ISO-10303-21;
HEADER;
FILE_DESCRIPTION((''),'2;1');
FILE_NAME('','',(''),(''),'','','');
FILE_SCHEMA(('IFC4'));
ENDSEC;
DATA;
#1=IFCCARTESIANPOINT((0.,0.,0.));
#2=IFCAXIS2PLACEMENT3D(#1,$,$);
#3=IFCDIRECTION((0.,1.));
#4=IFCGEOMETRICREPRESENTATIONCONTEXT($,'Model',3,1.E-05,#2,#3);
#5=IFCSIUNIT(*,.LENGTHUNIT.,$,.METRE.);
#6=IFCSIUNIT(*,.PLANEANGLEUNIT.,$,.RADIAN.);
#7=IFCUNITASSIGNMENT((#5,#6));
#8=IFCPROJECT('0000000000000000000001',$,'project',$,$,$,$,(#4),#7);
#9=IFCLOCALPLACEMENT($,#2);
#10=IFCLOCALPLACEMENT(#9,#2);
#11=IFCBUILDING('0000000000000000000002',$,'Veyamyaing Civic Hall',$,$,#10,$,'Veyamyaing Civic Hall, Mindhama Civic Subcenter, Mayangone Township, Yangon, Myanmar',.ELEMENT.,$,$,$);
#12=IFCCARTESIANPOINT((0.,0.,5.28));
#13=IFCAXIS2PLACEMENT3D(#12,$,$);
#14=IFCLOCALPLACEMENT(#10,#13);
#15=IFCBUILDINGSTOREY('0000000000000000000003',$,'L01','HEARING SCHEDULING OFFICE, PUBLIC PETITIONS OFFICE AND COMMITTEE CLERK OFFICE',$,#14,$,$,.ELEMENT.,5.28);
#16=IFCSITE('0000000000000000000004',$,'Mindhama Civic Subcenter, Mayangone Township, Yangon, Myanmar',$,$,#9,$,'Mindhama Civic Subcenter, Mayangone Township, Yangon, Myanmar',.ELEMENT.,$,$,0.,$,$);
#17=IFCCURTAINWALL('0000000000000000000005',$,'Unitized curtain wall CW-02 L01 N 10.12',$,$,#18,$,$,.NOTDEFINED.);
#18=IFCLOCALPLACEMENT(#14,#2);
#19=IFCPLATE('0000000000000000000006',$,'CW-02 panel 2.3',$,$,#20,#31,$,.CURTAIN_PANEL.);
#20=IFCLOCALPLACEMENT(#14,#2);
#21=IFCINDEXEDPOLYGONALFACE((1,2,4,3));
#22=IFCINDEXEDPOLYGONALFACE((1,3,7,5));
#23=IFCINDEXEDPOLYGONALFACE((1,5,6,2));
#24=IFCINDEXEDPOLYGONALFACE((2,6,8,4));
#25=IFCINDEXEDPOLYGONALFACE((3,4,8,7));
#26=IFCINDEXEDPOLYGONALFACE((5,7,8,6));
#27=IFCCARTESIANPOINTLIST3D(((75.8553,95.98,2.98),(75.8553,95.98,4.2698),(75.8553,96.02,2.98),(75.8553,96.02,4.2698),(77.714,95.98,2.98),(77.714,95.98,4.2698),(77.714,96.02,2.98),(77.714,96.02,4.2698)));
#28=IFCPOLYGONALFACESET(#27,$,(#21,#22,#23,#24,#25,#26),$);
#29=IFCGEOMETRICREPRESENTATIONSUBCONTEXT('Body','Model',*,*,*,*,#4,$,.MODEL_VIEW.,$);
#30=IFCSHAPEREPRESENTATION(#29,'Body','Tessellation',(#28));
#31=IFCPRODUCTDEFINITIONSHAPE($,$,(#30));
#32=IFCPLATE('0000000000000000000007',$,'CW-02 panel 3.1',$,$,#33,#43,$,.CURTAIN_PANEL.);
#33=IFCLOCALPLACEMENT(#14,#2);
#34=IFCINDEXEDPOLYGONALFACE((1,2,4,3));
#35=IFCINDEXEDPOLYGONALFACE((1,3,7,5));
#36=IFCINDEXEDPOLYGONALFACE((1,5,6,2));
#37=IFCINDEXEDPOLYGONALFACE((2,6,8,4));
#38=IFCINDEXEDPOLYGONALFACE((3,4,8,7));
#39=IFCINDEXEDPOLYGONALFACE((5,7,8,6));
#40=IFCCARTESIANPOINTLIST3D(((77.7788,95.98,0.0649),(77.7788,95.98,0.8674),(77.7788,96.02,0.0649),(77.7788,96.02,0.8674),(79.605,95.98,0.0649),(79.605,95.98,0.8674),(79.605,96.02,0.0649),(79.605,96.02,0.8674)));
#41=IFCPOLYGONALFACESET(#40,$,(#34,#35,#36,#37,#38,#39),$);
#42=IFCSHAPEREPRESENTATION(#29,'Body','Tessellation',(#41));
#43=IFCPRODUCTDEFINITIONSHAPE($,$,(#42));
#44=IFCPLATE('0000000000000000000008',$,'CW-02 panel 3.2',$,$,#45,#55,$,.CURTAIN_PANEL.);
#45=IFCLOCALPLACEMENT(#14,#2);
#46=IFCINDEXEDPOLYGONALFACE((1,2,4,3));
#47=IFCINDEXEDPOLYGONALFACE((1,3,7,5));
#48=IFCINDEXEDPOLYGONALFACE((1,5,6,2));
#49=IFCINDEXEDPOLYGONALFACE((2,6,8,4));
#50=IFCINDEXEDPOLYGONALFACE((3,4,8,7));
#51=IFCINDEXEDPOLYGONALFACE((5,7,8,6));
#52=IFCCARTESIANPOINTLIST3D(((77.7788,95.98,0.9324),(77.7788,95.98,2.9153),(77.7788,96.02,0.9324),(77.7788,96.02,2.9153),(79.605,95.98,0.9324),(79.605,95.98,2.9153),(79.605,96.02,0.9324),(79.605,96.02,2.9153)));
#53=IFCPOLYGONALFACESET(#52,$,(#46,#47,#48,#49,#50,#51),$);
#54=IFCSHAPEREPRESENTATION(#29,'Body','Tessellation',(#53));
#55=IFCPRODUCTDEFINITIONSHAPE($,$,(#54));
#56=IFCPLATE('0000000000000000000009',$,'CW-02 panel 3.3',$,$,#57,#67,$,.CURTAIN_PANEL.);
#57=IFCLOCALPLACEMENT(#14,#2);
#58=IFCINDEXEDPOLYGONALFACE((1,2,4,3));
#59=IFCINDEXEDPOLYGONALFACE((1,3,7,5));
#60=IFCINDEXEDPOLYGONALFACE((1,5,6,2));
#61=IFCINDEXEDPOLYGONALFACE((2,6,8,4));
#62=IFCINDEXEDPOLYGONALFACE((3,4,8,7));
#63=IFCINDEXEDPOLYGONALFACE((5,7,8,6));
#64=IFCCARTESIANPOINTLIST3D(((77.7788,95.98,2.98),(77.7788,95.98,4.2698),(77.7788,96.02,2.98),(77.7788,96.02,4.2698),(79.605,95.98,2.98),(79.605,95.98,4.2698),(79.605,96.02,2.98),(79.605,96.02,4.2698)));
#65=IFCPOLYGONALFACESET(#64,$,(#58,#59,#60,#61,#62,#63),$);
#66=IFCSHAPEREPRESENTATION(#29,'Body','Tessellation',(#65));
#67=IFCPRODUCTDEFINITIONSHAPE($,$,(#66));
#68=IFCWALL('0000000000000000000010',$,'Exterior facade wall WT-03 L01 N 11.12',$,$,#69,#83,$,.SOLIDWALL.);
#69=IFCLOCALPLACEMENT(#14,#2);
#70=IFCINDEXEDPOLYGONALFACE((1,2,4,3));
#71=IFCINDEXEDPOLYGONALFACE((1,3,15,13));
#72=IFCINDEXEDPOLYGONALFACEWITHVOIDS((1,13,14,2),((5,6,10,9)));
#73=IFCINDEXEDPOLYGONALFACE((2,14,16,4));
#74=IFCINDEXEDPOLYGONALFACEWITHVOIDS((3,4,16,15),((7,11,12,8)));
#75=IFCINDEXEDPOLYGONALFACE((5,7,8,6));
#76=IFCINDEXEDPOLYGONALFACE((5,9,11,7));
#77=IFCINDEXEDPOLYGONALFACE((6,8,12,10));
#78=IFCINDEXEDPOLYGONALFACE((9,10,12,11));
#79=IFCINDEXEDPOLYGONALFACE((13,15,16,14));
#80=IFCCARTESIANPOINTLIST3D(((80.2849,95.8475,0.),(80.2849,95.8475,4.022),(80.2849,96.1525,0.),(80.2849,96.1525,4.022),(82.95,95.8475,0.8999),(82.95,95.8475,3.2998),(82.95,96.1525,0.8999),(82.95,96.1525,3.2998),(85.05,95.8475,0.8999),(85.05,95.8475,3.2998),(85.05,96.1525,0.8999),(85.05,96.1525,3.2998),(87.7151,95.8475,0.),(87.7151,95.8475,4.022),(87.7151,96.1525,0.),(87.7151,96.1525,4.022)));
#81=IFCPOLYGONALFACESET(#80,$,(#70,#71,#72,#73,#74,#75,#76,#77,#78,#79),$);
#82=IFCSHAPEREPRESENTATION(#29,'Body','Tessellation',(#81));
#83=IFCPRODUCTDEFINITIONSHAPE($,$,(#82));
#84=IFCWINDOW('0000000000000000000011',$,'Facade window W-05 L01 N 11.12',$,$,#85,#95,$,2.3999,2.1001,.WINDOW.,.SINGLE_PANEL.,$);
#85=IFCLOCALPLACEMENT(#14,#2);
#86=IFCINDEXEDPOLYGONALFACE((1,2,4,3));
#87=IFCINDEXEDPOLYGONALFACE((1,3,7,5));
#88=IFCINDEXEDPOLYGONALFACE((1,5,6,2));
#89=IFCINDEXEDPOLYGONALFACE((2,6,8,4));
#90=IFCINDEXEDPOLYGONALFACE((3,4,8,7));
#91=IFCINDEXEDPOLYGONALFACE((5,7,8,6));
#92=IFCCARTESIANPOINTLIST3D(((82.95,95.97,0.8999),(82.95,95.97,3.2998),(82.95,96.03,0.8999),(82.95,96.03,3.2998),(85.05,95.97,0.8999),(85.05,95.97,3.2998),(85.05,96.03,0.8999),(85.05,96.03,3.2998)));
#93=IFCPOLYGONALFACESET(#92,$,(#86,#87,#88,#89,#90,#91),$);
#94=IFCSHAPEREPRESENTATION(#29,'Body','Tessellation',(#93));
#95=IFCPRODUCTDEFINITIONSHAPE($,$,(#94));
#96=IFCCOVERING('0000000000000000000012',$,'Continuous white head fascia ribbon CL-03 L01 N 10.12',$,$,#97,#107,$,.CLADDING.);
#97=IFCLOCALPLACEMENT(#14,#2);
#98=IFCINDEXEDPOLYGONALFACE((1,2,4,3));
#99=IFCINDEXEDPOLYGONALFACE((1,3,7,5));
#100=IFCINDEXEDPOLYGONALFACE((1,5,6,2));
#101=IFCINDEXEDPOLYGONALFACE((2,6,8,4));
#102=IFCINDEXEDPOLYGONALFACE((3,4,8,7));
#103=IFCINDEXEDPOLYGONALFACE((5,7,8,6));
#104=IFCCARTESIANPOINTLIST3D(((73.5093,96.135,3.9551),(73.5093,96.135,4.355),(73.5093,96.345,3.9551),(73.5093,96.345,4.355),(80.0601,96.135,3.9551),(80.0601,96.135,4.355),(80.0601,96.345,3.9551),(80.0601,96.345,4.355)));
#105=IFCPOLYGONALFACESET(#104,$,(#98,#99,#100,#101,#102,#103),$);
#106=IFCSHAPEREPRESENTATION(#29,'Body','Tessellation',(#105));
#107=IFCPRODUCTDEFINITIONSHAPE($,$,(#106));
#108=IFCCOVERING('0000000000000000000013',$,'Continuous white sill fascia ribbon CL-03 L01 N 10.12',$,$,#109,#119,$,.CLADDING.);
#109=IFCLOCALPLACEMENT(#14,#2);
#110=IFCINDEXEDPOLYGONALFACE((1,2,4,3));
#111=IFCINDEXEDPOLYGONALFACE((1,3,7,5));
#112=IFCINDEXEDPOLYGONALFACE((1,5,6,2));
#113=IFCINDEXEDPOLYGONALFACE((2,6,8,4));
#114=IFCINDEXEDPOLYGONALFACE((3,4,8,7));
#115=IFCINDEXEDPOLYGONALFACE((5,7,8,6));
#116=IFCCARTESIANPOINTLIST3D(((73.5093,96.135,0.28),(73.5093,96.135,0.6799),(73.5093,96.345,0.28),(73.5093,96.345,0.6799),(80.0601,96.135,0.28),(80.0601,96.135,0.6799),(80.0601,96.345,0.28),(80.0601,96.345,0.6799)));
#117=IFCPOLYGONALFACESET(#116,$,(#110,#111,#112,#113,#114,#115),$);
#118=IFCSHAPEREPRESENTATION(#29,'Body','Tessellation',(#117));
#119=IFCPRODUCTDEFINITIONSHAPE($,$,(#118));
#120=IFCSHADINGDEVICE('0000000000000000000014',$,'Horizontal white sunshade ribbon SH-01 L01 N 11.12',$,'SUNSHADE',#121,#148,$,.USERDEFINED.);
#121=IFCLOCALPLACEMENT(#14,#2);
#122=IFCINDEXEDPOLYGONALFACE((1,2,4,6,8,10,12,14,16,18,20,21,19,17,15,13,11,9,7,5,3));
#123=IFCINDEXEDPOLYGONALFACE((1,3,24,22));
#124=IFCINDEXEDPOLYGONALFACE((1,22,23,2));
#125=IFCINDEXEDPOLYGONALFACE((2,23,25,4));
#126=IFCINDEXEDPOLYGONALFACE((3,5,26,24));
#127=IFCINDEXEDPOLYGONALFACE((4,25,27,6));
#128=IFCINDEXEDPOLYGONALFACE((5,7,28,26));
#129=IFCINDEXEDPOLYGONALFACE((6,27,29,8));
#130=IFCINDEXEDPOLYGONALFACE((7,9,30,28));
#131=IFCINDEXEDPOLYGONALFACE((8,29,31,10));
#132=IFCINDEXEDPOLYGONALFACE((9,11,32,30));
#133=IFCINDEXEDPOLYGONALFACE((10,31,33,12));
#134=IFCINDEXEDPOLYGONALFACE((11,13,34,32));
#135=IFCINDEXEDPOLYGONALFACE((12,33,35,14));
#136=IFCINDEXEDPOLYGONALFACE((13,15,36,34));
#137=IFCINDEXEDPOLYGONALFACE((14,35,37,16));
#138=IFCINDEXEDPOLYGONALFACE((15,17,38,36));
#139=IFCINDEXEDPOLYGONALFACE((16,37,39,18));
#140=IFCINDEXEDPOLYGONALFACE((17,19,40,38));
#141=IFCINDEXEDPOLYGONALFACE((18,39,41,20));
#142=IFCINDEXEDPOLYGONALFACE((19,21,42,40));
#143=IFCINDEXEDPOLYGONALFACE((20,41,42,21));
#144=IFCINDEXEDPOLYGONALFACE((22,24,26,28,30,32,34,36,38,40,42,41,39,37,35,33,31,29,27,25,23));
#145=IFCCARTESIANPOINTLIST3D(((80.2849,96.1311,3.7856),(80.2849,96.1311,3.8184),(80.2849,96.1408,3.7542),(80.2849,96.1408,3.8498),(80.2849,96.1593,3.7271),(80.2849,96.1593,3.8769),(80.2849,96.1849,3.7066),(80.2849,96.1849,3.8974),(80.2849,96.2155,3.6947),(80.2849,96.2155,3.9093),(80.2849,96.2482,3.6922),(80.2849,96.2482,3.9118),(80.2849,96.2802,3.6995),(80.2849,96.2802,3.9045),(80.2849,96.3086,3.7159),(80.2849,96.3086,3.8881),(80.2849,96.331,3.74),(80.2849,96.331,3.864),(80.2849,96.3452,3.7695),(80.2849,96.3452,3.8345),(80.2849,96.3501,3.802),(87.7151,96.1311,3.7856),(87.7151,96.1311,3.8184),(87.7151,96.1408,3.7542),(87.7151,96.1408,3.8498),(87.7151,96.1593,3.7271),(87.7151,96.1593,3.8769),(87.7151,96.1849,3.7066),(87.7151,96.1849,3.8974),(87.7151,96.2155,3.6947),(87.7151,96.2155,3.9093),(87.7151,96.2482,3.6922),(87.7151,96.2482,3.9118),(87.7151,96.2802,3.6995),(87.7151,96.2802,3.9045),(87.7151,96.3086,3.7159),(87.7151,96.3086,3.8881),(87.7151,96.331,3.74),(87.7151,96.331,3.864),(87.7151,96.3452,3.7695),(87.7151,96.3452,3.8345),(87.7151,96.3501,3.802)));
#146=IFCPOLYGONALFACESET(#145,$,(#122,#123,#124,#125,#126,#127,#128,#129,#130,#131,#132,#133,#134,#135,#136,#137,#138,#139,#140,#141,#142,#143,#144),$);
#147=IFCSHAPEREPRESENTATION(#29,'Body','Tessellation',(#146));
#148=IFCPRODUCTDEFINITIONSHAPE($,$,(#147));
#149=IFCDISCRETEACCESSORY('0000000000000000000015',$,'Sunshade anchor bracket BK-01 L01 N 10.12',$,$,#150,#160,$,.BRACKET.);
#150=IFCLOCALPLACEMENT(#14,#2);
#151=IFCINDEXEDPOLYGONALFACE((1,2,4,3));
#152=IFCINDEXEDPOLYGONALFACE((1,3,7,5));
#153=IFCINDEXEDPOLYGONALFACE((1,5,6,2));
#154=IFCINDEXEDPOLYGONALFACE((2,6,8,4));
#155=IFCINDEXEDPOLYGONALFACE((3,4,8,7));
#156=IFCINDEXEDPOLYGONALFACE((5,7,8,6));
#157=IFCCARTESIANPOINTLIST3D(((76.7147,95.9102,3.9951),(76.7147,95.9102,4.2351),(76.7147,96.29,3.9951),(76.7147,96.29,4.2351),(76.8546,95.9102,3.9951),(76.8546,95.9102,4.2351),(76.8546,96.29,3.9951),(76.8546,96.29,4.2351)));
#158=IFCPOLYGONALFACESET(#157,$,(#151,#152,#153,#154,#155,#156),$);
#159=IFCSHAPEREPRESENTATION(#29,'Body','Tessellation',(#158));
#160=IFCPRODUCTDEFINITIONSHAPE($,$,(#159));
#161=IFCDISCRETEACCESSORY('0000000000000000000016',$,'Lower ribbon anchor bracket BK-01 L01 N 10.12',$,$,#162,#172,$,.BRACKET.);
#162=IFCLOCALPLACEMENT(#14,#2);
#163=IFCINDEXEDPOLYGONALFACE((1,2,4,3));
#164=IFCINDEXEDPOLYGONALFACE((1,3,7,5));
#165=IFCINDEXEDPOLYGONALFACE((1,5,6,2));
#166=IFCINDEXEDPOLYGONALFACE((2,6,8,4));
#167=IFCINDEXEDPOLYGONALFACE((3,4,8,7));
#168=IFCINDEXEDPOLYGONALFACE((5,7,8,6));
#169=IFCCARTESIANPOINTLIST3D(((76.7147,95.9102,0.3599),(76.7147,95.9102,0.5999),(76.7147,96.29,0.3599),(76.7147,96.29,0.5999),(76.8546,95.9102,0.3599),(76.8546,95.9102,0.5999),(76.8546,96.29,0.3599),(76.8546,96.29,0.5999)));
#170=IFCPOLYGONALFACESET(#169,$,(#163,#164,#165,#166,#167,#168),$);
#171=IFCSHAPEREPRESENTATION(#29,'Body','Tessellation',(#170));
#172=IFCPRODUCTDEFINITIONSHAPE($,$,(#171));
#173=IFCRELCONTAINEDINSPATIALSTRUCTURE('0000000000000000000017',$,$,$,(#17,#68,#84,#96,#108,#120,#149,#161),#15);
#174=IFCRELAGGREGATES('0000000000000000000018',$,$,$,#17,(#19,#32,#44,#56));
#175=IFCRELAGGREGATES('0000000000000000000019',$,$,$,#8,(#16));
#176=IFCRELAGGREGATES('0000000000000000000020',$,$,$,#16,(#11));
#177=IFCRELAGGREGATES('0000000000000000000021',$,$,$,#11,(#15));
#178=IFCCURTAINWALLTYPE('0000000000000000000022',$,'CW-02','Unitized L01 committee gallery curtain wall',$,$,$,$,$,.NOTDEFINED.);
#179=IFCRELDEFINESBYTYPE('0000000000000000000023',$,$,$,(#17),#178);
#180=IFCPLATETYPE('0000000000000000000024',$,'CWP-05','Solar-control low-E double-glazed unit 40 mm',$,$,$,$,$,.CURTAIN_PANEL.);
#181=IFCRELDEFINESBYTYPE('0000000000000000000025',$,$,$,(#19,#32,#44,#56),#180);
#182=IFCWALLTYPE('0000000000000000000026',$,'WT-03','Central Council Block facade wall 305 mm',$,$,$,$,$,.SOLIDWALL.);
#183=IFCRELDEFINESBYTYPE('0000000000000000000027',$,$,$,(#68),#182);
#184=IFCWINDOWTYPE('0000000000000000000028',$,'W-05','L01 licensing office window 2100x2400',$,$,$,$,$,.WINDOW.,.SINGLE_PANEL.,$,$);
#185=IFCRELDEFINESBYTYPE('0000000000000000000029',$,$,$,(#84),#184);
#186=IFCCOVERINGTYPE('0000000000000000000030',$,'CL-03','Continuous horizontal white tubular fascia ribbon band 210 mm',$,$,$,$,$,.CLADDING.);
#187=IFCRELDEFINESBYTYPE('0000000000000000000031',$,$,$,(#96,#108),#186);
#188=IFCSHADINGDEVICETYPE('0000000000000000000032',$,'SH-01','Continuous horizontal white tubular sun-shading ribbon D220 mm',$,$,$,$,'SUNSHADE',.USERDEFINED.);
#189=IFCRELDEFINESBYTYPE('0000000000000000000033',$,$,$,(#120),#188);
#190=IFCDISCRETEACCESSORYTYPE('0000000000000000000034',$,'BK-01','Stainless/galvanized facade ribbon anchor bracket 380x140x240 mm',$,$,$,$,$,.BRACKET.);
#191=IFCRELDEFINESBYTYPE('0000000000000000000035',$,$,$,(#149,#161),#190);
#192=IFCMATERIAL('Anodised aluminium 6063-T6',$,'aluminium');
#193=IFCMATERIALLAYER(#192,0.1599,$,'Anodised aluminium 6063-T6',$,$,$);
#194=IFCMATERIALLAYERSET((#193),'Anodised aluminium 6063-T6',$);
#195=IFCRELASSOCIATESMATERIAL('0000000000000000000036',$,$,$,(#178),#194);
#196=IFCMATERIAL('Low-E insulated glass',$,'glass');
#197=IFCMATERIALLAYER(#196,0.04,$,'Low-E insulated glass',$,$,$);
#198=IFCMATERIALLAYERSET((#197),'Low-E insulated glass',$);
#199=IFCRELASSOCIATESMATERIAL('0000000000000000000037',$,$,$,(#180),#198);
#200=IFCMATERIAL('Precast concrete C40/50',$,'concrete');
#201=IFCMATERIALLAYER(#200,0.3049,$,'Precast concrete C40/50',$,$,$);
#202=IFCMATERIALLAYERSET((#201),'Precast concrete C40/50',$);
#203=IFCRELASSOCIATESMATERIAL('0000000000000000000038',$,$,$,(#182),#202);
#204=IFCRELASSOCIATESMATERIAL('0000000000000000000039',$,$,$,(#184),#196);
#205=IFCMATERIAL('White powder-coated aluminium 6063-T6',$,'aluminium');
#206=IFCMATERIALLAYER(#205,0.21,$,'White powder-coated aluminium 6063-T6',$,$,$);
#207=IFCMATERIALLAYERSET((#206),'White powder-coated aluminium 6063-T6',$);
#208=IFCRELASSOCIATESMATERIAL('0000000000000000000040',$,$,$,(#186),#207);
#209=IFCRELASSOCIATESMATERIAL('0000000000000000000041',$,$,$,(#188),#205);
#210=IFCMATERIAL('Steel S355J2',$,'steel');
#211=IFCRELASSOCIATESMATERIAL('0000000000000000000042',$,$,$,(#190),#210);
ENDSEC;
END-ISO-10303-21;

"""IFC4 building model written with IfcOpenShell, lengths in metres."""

from ifc_helpers import new_model, si_unit, direction, frame, frame_2d, origin, origin_2d, place, context, subcontext, project, spatial, rectangle, circle, extrude, material, layer, layer_set, material_profile, profile_set, type_object, element, fill, aggregate, save


model = new_model("IFC4")

# Units and contexts
model_context = context("Model", 3, precision=1e-05, world=origin(), true_north=direction((0.0, 1.0)))
body_context = subcontext(model_context, "Body", "Model", "MODEL_VIEW")
ifc_project = project(units=[si_unit("LENGTHUNIT", "METRE"), si_unit("PLANEANGLEUNIT", "RADIAN")], contexts=[model_context])

# Site, building, storey
site_placement = place(None, origin())
site = spatial("IfcSite", under=ifc_project, at=site_placement, Name="Mindhama Civic Subcenter, Mayangone Township, Yangon, Myanmar", LongName="Mindhama Civic Subcenter, Mayangone Township, Yangon, Myanmar", CompositionType="ELEMENT", RefElevation=0.0)
building_placement = place(site_placement, origin())
building = spatial("IfcBuilding", under=site, at=building_placement, Name="Veyamyaing Civic Hall", LongName="Veyamyaing Civic Hall, Mindhama Civic Subcenter, Mayangone Township, Yangon, Myanmar", CompositionType="ELEMENT")
storey_placement = place(building_placement, frame((0.0, 0.0, 5.28)))
storey = spatial("IfcBuildingStorey", under=building, at=storey_placement, Name="L01", Description="HEARING SCHEDULING OFFICE, PUBLIC PETITIONS OFFICE AND COMMITTEE CLERK OFFICE", CompositionType="ELEMENT", Elevation=5.28)

# Curtain wall, plates
ifc_material_1 = material(Name="Anodised aluminium 6063-T6", Category="aluminium")
ifc_layer_1 = layer(ifc_material_1, 0.1599, Name="Anodised aluminium 6063-T6")
ifc_layer_set_1 = layer_set([ifc_layer_1], Name="Anodised aluminium 6063-T6")
curtain_wall_type = type_object("IfcCurtainWallType", Name="CW-02", Description="Unitized L01 committee gallery curtain wall", PredefinedType="NOTDEFINED", material=ifc_layer_set_1)
curtain_wall_placement = place(storey_placement, origin())
curtain_wall = element("IfcCurtainWall", 1, at=curtain_wall_placement, inside=storey, type_object=curtain_wall_type, Name="Unitized curtain wall CW-02 L01 N 10.12", PredefinedType="NOTDEFINED")
ifc_material_2 = material(Name="Low-E insulated glass", Category="glass")
ifc_layer_2 = layer(ifc_material_2, 0.04, Name="Low-E insulated glass")
ifc_layer_set_2 = layer_set([ifc_layer_2], Name="Low-E insulated glass")
plate_type = type_object("IfcPlateType", Name="CWP-05", Description="Solar-control low-E double-glazed unit 40 mm", PredefinedType="CURTAIN_PANEL", material=ifc_layer_set_2)
plate_1_placement = place(storey_placement, frame((76.7847, 96.0, 2.98), z_axis=(0.0, 0.0, 1.0), x_axis=(1.0, 0.0, 0.0)))
plate_1 = element("IfcPlate", 2, at=plate_1_placement, type_object=plate_type, Name="CW-02 panel 2.3", PredefinedType="CURTAIN_PANEL", context=body_context, shape_type="SweptSolid", body=[
    extrude(rectangle(XDim=1.8586, YDim=0.04, at=origin_2d()), origin(), (0.0, 0.0, 1.0), 1.2898),
])
plate_2_placement = place(storey_placement, frame((78.6919, 96.0, 0.0649), z_axis=(0.0, 0.0, 1.0), x_axis=(1.0, 0.0, 0.0)))
plate_2 = element("IfcPlate", 3, at=plate_2_placement, type_object=plate_type, Name="CW-02 panel 3.1", PredefinedType="CURTAIN_PANEL", context=body_context, shape_type="SweptSolid", body=[
    extrude(rectangle(XDim=1.8262, YDim=0.04, at=origin_2d()), origin(), (0.0, 0.0, 1.0), 0.8025),
])
plate_3_placement = place(storey_placement, frame((78.6919, 96.0, 0.9324), z_axis=(0.0, 0.0, 1.0), x_axis=(1.0, 0.0, 0.0)))
plate_3 = element("IfcPlate", 4, at=plate_3_placement, type_object=plate_type, Name="CW-02 panel 3.2", PredefinedType="CURTAIN_PANEL", context=body_context, shape_type="SweptSolid", body=[
    extrude(rectangle(XDim=1.8262, YDim=0.04, at=origin_2d()), origin(), (0.0, 0.0, 1.0), 1.9829),
])
plate_4_placement = place(storey_placement, frame((78.6919, 96.0, 2.98), z_axis=(0.0, 0.0, 1.0), x_axis=(1.0, 0.0, 0.0)))
plate_4 = element("IfcPlate", 5, at=plate_4_placement, type_object=plate_type, Name="CW-02 panel 3.3", PredefinedType="CURTAIN_PANEL", context=body_context, shape_type="SweptSolid", body=[
    extrude(rectangle(XDim=1.8262, YDim=0.04, at=origin_2d()), origin(), (0.0, 0.0, 1.0), 1.2898),
])
aggregate(curtain_wall, [plate_1, plate_2, plate_3, plate_4])

# Wall, opening, window
ifc_material_3 = material(Name="Precast concrete C40/50", Category="concrete")
ifc_layer_3 = layer(ifc_material_3, 0.3049, Name="Precast concrete C40/50")
ifc_layer_set_3 = layer_set([ifc_layer_3], Name="Precast concrete C40/50")
wall_type = type_object("IfcWallType", Name="WT-03", Description="Central Council Block facade wall 305 mm", PredefinedType="SOLIDWALL", material=ifc_layer_set_3)
wall_placement = place(storey_placement, frame((80.2849, 96.0, 0.0), z_axis=(0.0, 0.0, 1.0), x_axis=(1.0, 0.0, 0.0)))
wall = element("IfcWall", 6, at=wall_placement, inside=storey, type_object=wall_type, Name="Exterior facade wall WT-03 L01 N 11.12", PredefinedType="SOLIDWALL", context=body_context, shape_type="SweptSolid", body=[
    extrude(rectangle(XDim=7.4302, YDim=0.3049, at=frame_2d((3.7151, 0.0))), origin(), (0.0, 0.0, 1.0), 4.022),
])
opening_placement = place(wall_placement, frame((2.665, 0.0, 0.8999)))
opening = element("IfcOpeningElement", 7, at=opening_placement, cuts=wall, PredefinedType="OPENING", context=body_context, shape_type="SweptSolid", body=[
    extrude(rectangle(XDim=2.1001, YDim=2.3999, at=frame_2d((1.05, 1.2))), frame((0.0, 0.1624, 0.0), z_axis=(0.0, -1.0, 0.0), x_axis=(1.0, 0.0, 0.0)), (0.0, 0.0, 1.0), 0.325),
])
window_type = type_object("IfcWindowType", Name="W-05", Description="L01 licensing office window 2100x2400", PartitioningType="SINGLE_PANEL", PredefinedType="WINDOW", material=ifc_material_2)
window_placement = place(opening_placement, origin())
window = element("IfcWindow", 8, at=window_placement, inside=storey, type_object=window_type, Name="Facade window W-05 L01 N 11.12", OverallHeight=2.3999, OverallWidth=2.1001, PartitioningType="SINGLE_PANEL", PredefinedType="WINDOW", context=body_context, shape_type="SweptSolid", body=[
    extrude(rectangle(XDim=2.1001, YDim=2.3999, at=frame_2d((1.05, 1.2))), frame((0.0, 0.03, 0.0), z_axis=(0.0, -1.0, 0.0), x_axis=(1.0, 0.0, 0.0)), (0.0, 0.0, 1.0), 0.0601),
])
fill(opening, window)

# Coverings
ifc_material_4 = material(Name="White powder-coated aluminium 6063-T6", Category="aluminium")
ifc_layer_4 = layer(ifc_material_4, 0.21, Name="White powder-coated aluminium 6063-T6")
ifc_layer_set_4 = layer_set([ifc_layer_4], Name="White powder-coated aluminium 6063-T6")
covering_type = type_object("IfcCoveringType", Name="CL-03", Description="Continuous horizontal white tubular fascia ribbon band 210 mm", PredefinedType="CLADDING", material=ifc_layer_set_4)
for number, where, z_axis, x_axis, name in (
    (9, (76.7847, 96.24, 3.9551), (0.0, 0.0, 1.0), (1.0, 0.0, 0.0), "Continuous white head fascia ribbon CL-03 L01 N 10.12"),
    (10, (76.7847, 96.24, 0.28), (0.0, 0.0, 1.0), (1.0, 0.0, 0.0), "Continuous white sill fascia ribbon CL-03 L01 N 10.12"),
):
    element("IfcCovering", number, at=place(storey_placement, frame(where, z_axis=z_axis, x_axis=x_axis)), inside=storey, type_object=covering_type, Name=name, PredefinedType="CLADDING", context=body_context, shape_type="SweptSolid", body=[
        extrude(rectangle(XDim=6.5508, YDim=0.21, at=origin_2d()), origin(), (0.0, 0.0, 1.0), 0.3999),
    ])

# Shading device
ifc_material_profile_1 = material_profile(ifc_material_4, circle(Radius=0.1101, at=origin_2d()), Name="SHADE-TUBE-220")
ifc_profile_set_1 = profile_set([ifc_material_profile_1], Name="White powder-coated aluminium 6063-T6")
shading_device_type = type_object("IfcShadingDeviceType", Name="SH-01", Description="Continuous horizontal white tubular sun-shading ribbon D220 mm", ElementType="SUNSHADE", PredefinedType="USERDEFINED", material=ifc_profile_set_1)
shading_device_placement = place(storey_placement, frame((80.2849, 96.24, 3.802), z_axis=(1.0, 0.0, 0.0), x_axis=(0.0, 1.0, 0.0)))
element("IfcShadingDevice", 11, at=shading_device_placement, inside=storey, type_object=shading_device_type, Name="Horizontal white sunshade ribbon SH-01 L01 N 11.12", ObjectType="SUNSHADE", PredefinedType="USERDEFINED", context=body_context, shape_type="SweptSolid", body=[
    extrude(circle(Radius=0.1101, at=origin_2d()), origin(), (0.0, 0.0, 1.0), 7.4302),
])

# Discrete accessories
ifc_material_5 = material(Name="Steel S355J2", Category="steel")
discrete_accessory_type = type_object("IfcDiscreteAccessoryType", Name="BK-01", Description="Stainless/galvanized facade ribbon anchor bracket 380x140x240 mm", PredefinedType="BRACKET", material=ifc_material_5)
for number, where, z_axis, x_axis, name in (
    (12, (76.7847, 96.1001, 3.9951), (0.0, 0.0, 1.0), (0.0, 1.0, 0.0), "Sunshade anchor bracket BK-01 L01 N 10.12"),
    (13, (76.7847, 96.1001, 0.3599), (0.0, 0.0, 1.0), (0.0, 1.0, 0.0), "Lower ribbon anchor bracket BK-01 L01 N 10.12"),
):
    element("IfcDiscreteAccessory", number, at=place(storey_placement, frame(where, z_axis=z_axis, x_axis=x_axis)), inside=storey, type_object=discrete_accessory_type, Name=name, PredefinedType="BRACKET", context=body_context, shape_type="SweptSolid", body=[
        extrude(rectangle(XDim=0.3799, YDim=0.1399, at=origin_2d()), origin(), (0.0, 0.0, 1.0), 0.24),
    ])

save(model, "model.ifc")
